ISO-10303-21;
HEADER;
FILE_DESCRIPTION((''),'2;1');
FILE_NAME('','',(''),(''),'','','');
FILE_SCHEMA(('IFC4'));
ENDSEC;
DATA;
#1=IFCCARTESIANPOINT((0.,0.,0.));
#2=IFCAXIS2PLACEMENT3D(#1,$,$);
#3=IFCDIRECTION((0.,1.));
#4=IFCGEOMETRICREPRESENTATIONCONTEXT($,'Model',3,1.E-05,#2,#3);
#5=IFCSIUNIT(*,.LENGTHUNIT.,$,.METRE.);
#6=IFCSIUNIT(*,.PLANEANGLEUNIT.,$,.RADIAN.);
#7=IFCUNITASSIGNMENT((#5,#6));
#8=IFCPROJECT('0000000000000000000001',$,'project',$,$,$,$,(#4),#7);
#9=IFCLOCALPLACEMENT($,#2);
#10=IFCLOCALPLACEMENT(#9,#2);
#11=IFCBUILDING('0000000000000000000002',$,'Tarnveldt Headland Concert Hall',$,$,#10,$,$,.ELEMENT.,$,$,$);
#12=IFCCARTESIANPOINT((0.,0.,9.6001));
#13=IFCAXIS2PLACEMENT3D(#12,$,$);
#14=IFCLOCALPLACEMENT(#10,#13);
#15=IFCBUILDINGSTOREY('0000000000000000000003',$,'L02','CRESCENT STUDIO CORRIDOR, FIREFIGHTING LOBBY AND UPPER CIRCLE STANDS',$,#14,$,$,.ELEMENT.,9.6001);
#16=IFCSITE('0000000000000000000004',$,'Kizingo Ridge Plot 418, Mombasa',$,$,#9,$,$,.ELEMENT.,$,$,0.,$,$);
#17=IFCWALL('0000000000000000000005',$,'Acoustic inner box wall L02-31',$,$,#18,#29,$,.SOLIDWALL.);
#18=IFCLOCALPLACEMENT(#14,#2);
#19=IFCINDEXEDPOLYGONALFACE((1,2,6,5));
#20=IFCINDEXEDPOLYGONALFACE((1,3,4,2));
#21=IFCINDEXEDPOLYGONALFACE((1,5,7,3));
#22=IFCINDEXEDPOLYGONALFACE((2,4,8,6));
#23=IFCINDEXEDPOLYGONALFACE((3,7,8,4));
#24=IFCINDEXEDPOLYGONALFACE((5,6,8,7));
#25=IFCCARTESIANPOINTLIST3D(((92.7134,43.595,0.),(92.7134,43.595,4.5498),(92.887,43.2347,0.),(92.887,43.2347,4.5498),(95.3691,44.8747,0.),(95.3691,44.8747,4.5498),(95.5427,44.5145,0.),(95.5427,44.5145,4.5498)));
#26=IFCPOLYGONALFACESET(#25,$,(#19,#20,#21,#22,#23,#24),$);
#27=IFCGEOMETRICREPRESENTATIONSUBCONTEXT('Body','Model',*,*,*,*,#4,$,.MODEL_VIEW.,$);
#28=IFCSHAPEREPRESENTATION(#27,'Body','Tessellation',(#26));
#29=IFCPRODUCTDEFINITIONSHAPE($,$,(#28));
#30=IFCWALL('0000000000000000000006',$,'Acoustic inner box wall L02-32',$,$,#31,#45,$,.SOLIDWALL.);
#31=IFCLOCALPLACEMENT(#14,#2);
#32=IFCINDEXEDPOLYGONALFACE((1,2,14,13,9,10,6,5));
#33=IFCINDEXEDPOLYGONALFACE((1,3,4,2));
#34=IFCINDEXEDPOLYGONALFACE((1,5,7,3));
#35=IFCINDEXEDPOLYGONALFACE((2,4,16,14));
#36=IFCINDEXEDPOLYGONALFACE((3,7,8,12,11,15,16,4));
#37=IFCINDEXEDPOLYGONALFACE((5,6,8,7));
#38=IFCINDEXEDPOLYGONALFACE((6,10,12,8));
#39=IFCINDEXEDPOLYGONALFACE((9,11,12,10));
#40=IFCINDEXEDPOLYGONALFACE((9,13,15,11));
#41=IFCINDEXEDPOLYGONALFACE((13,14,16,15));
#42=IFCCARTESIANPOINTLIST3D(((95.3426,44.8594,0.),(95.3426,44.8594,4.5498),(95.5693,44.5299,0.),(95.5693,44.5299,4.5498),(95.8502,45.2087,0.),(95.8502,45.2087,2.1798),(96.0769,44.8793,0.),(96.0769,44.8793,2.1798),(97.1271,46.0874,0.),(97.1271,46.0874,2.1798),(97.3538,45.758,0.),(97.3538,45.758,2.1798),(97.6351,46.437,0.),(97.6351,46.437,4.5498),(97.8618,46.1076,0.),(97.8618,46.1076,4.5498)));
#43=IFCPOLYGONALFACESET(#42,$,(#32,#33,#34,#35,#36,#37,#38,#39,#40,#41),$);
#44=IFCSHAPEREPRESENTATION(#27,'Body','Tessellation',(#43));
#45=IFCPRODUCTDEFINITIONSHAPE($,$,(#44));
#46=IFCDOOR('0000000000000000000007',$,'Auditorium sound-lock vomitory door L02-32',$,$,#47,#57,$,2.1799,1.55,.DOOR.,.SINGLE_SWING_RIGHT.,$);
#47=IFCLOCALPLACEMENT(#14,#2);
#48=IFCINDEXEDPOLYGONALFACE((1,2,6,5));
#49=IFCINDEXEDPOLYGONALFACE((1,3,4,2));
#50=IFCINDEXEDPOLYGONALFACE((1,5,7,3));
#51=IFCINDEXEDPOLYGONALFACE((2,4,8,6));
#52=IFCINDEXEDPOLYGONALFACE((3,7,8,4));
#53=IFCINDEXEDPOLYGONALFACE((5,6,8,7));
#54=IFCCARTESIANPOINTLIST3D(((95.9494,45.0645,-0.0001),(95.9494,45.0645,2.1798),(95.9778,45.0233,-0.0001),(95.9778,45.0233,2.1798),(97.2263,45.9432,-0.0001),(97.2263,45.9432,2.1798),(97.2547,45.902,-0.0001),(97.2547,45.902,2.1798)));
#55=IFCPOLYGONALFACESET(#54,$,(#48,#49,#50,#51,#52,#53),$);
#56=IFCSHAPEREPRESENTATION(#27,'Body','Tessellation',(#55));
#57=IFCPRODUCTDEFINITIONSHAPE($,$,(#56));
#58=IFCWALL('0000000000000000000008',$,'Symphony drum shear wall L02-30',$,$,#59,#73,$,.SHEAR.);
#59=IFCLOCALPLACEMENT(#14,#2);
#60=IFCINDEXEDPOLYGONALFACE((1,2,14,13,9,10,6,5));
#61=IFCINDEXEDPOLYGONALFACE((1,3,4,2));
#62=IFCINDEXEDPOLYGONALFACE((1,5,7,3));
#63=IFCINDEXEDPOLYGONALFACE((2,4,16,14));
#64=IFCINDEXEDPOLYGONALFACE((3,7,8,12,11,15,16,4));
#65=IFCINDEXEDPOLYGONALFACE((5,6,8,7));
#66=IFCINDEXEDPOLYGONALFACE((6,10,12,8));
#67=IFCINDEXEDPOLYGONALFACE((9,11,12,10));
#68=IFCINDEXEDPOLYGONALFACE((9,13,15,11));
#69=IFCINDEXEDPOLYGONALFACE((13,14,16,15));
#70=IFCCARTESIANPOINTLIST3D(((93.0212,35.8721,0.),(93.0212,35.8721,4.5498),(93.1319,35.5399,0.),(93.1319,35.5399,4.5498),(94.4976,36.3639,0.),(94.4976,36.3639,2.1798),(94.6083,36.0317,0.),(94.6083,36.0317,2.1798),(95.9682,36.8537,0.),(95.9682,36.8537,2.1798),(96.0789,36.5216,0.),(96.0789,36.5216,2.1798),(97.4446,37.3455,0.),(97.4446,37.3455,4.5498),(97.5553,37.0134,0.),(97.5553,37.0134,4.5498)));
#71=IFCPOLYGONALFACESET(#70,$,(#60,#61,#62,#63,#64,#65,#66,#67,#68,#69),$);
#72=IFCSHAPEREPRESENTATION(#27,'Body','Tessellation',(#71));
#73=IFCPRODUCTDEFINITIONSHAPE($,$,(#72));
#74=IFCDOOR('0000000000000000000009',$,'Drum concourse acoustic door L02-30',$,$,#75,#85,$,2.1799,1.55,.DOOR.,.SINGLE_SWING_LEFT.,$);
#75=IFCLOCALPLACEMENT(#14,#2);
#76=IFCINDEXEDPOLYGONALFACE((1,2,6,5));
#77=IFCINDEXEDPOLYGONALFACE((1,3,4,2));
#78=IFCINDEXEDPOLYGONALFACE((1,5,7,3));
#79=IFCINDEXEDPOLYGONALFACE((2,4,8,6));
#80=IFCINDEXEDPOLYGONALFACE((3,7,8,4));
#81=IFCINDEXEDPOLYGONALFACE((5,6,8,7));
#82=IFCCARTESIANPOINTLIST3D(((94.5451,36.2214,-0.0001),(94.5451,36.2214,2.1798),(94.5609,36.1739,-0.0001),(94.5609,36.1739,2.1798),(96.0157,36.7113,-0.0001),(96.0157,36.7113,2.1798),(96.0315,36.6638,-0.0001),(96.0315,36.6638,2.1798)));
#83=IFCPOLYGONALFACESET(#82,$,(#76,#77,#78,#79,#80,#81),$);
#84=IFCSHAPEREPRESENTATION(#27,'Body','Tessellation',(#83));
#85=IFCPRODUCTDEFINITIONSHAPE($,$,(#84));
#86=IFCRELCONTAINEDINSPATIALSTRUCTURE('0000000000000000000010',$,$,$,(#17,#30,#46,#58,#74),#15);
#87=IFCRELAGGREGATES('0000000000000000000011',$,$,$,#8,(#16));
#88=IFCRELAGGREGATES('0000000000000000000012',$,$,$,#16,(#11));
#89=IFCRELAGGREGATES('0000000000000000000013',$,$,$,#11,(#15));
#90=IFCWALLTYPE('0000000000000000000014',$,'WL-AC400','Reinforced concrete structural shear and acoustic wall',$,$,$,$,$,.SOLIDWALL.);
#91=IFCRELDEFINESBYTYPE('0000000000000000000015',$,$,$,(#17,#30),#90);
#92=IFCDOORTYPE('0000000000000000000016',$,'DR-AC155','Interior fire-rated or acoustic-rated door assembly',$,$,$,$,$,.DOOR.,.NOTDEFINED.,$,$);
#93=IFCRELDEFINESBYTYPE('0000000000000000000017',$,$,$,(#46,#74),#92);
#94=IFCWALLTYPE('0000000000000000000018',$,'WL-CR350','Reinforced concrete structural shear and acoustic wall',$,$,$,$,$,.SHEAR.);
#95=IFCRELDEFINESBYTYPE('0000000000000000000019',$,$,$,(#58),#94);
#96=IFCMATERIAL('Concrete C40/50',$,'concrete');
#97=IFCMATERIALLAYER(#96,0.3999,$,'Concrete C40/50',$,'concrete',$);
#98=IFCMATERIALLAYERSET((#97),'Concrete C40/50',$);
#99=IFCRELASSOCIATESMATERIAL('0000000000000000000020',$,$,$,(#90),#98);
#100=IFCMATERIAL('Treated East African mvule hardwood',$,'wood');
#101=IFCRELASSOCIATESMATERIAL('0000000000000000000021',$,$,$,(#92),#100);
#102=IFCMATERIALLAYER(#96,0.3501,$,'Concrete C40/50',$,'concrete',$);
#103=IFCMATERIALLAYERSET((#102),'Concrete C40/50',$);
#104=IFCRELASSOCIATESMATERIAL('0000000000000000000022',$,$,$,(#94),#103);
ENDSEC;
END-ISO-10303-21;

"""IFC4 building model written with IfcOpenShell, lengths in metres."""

from ifc_helpers import new_model, si_unit, direction, frame, frame_2d, origin, place, context, subcontext, project, spatial, rectangle, extrude, material, layer, layer_set, type_object, element, fill, save


model = new_model("IFC4")

# Units and contexts
model_context = context("Model", 3, precision=1e-05, world=origin(), true_north=direction((0.0, 1.0)))
body_context = subcontext(model_context, "Body", "Model", "MODEL_VIEW")
ifc_project = project(units=[si_unit("LENGTHUNIT", "METRE"), si_unit("PLANEANGLEUNIT", "RADIAN")], contexts=[model_context])

# Site, building, storey
site_placement = place(None, origin())
site = spatial("IfcSite", under=ifc_project, at=site_placement, Name="Kizingo Ridge Plot 418, Mombasa", CompositionType="ELEMENT", RefElevation=0.0)
building_placement = place(site_placement, origin())
building = spatial("IfcBuilding", under=site, at=building_placement, Name="Tarnveldt Headland Concert Hall", CompositionType="ELEMENT")
storey_placement = place(building_placement, frame((0.0, 0.0, 9.6001)))
storey = spatial("IfcBuildingStorey", under=building, at=storey_placement, Name="L02", Description="CRESCENT STUDIO CORRIDOR, FIREFIGHTING LOBBY AND UPPER CIRCLE STANDS", CompositionType="ELEMENT", Elevation=9.6001)

# Shared definitions
ifc_material_1 = material(Name="Concrete C40/50", Category="concrete")

# Wall
ifc_layer_1 = layer(ifc_material_1, 0.3999, Name="Concrete C40/50", Category="concrete")
ifc_layer_set_1 = layer_set([ifc_layer_1], Name="Concrete C40/50")
wall_type_1 = type_object("IfcWallType", Name="WL-AC400", Description="Reinforced concrete structural shear and acoustic wall", PredefinedType="SOLIDWALL", material=ifc_layer_set_1)
wall_1_placement = place(storey_placement, frame((92.8, 43.4148, 0.0), z_axis=(0.0, 0.0, 1.0), x_axis=(0.900858, 0.434114, 0.0)))
element("IfcWall", 1, at=wall_1_placement, inside=storey, type_object=wall_type_1, Name="Acoustic inner box wall L02-31", PredefinedType="SOLIDWALL", context=body_context, shape_type="SweptSolid", body=[
    extrude(rectangle(XDim=2.948, YDim=0.3999, at=frame_2d((1.4741, 0.0))), origin(), (0.0, 0.0, 1.0), 4.5498),
])

# Walls, openings, doors
wall_2_placement = place(storey_placement, frame((95.4558, 44.6946, 0.0), z_axis=(0.0, 0.0, 1.0), x_axis=(0.823781, 0.566909, 0.0)))
wall_2 = element("IfcWall", 2, at=wall_2_placement, inside=storey, type_object=wall_type_1, Name="Acoustic inner box wall L02-32", PredefinedType="SOLIDWALL", context=body_context, shape_type="SweptSolid", body=[
    extrude(rectangle(XDim=2.783, YDim=0.3999, at=frame_2d((1.3916, 0.0))), origin(), (0.0, 0.0, 1.0), 4.5498),
])
opening_1_placement = place(wall_2_placement, frame((0.6165, 0.0, 0.0)))
opening_1 = element("IfcOpeningElement", 3, at=opening_1_placement, cuts=wall_2, PredefinedType="OPENING", context=body_context, shape_type="SweptSolid", body=[
    extrude(rectangle(XDim=1.55, YDim=2.1799, at=frame_2d((0.7749, 1.0898))), frame((0.0, 0.21, 0.0), z_axis=(0.0, -1.0, 0.0), x_axis=(1.0, 0.0, 0.0)), (0.0, 0.0, 1.0), 0.4199),
])
ifc_material_2 = material(Name="Treated East African mvule hardwood", Category="wood")
door_type = type_object("IfcDoorType", Name="DR-AC155", Description="Interior fire-rated or acoustic-rated door assembly", OperationType="NOTDEFINED", PredefinedType="DOOR", material=ifc_material_2)
door_1_placement = place(opening_1_placement, origin())
door_1 = element("IfcDoor", 4, at=door_1_placement, inside=storey, type_object=door_type, Name="Auditorium sound-lock vomitory door L02-32", OperationType="SINGLE_SWING_RIGHT", OverallHeight=2.1799, OverallWidth=1.55, PredefinedType="DOOR", context=body_context, shape_type="SweptSolid", body=[
    extrude(rectangle(XDim=1.55, YDim=2.1799, at=frame_2d((0.7749, 1.0898))), frame((0.0, 0.0249, 0.0), z_axis=(0.0, -1.0, 0.0), x_axis=(1.0, 0.0, 0.0)), (0.0, 0.0, 1.0), 0.05),
])
fill(opening_1, door_1)
ifc_layer_2 = layer(ifc_material_1, 0.3501, Name="Concrete C40/50", Category="concrete")
ifc_layer_set_2 = layer_set([ifc_layer_2], Name="Concrete C40/50")
wall_type_2 = type_object("IfcWallType", Name="WL-CR350", Description="Reinforced concrete structural shear and acoustic wall", PredefinedType="SHEAR", material=ifc_layer_set_2)
wall_3_placement = place(storey_placement, frame((93.0767, 35.7061, 0.0), z_axis=(0.0, 0.0, 1.0), x_axis=(0.948751, 0.316024, 0.0)))
wall_3 = element("IfcWall", 5, at=wall_3_placement, inside=storey, type_object=wall_type_2, Name="Symphony drum shear wall L02-30", PredefinedType="SHEAR", context=body_context, shape_type="SweptSolid", body=[
    extrude(rectangle(XDim=4.6624, YDim=0.3501, at=frame_2d((2.3311, 0.0))), origin(), (0.0, 0.0, 1.0), 4.5498),
])
opening_2_placement = place(wall_3_placement, frame((1.5562, 0.0, 0.0)))
opening_2 = element("IfcOpeningElement", 6, at=opening_2_placement, cuts=wall_3, PredefinedType="OPENING", context=body_context, shape_type="SweptSolid", body=[
    extrude(rectangle(XDim=1.55, YDim=2.1799, at=frame_2d((0.7749, 1.0898))), frame((0.0, 0.1851, 0.0), z_axis=(0.0, -1.0, 0.0), x_axis=(1.0, 0.0, 0.0)), (0.0, 0.0, 1.0), 0.3701),
])
door_2_placement = place(opening_2_placement, origin())
door_2 = element("IfcDoor", 7, at=door_2_placement, inside=storey, type_object=door_type, Name="Drum concourse acoustic door L02-30", OperationType="SINGLE_SWING_LEFT", OverallHeight=2.1799, OverallWidth=1.55, PredefinedType="DOOR", context=body_context, shape_type="SweptSolid", body=[
    extrude(rectangle(XDim=1.55, YDim=2.1799, at=frame_2d((0.7749, 1.0898))), frame((0.0, 0.0249, 0.0), z_axis=(0.0, -1.0, 0.0), x_axis=(1.0, 0.0, 0.0)), (0.0, 0.0, 1.0), 0.05),
])
fill(opening_2, door_2)

save(model, "model.ifc")
